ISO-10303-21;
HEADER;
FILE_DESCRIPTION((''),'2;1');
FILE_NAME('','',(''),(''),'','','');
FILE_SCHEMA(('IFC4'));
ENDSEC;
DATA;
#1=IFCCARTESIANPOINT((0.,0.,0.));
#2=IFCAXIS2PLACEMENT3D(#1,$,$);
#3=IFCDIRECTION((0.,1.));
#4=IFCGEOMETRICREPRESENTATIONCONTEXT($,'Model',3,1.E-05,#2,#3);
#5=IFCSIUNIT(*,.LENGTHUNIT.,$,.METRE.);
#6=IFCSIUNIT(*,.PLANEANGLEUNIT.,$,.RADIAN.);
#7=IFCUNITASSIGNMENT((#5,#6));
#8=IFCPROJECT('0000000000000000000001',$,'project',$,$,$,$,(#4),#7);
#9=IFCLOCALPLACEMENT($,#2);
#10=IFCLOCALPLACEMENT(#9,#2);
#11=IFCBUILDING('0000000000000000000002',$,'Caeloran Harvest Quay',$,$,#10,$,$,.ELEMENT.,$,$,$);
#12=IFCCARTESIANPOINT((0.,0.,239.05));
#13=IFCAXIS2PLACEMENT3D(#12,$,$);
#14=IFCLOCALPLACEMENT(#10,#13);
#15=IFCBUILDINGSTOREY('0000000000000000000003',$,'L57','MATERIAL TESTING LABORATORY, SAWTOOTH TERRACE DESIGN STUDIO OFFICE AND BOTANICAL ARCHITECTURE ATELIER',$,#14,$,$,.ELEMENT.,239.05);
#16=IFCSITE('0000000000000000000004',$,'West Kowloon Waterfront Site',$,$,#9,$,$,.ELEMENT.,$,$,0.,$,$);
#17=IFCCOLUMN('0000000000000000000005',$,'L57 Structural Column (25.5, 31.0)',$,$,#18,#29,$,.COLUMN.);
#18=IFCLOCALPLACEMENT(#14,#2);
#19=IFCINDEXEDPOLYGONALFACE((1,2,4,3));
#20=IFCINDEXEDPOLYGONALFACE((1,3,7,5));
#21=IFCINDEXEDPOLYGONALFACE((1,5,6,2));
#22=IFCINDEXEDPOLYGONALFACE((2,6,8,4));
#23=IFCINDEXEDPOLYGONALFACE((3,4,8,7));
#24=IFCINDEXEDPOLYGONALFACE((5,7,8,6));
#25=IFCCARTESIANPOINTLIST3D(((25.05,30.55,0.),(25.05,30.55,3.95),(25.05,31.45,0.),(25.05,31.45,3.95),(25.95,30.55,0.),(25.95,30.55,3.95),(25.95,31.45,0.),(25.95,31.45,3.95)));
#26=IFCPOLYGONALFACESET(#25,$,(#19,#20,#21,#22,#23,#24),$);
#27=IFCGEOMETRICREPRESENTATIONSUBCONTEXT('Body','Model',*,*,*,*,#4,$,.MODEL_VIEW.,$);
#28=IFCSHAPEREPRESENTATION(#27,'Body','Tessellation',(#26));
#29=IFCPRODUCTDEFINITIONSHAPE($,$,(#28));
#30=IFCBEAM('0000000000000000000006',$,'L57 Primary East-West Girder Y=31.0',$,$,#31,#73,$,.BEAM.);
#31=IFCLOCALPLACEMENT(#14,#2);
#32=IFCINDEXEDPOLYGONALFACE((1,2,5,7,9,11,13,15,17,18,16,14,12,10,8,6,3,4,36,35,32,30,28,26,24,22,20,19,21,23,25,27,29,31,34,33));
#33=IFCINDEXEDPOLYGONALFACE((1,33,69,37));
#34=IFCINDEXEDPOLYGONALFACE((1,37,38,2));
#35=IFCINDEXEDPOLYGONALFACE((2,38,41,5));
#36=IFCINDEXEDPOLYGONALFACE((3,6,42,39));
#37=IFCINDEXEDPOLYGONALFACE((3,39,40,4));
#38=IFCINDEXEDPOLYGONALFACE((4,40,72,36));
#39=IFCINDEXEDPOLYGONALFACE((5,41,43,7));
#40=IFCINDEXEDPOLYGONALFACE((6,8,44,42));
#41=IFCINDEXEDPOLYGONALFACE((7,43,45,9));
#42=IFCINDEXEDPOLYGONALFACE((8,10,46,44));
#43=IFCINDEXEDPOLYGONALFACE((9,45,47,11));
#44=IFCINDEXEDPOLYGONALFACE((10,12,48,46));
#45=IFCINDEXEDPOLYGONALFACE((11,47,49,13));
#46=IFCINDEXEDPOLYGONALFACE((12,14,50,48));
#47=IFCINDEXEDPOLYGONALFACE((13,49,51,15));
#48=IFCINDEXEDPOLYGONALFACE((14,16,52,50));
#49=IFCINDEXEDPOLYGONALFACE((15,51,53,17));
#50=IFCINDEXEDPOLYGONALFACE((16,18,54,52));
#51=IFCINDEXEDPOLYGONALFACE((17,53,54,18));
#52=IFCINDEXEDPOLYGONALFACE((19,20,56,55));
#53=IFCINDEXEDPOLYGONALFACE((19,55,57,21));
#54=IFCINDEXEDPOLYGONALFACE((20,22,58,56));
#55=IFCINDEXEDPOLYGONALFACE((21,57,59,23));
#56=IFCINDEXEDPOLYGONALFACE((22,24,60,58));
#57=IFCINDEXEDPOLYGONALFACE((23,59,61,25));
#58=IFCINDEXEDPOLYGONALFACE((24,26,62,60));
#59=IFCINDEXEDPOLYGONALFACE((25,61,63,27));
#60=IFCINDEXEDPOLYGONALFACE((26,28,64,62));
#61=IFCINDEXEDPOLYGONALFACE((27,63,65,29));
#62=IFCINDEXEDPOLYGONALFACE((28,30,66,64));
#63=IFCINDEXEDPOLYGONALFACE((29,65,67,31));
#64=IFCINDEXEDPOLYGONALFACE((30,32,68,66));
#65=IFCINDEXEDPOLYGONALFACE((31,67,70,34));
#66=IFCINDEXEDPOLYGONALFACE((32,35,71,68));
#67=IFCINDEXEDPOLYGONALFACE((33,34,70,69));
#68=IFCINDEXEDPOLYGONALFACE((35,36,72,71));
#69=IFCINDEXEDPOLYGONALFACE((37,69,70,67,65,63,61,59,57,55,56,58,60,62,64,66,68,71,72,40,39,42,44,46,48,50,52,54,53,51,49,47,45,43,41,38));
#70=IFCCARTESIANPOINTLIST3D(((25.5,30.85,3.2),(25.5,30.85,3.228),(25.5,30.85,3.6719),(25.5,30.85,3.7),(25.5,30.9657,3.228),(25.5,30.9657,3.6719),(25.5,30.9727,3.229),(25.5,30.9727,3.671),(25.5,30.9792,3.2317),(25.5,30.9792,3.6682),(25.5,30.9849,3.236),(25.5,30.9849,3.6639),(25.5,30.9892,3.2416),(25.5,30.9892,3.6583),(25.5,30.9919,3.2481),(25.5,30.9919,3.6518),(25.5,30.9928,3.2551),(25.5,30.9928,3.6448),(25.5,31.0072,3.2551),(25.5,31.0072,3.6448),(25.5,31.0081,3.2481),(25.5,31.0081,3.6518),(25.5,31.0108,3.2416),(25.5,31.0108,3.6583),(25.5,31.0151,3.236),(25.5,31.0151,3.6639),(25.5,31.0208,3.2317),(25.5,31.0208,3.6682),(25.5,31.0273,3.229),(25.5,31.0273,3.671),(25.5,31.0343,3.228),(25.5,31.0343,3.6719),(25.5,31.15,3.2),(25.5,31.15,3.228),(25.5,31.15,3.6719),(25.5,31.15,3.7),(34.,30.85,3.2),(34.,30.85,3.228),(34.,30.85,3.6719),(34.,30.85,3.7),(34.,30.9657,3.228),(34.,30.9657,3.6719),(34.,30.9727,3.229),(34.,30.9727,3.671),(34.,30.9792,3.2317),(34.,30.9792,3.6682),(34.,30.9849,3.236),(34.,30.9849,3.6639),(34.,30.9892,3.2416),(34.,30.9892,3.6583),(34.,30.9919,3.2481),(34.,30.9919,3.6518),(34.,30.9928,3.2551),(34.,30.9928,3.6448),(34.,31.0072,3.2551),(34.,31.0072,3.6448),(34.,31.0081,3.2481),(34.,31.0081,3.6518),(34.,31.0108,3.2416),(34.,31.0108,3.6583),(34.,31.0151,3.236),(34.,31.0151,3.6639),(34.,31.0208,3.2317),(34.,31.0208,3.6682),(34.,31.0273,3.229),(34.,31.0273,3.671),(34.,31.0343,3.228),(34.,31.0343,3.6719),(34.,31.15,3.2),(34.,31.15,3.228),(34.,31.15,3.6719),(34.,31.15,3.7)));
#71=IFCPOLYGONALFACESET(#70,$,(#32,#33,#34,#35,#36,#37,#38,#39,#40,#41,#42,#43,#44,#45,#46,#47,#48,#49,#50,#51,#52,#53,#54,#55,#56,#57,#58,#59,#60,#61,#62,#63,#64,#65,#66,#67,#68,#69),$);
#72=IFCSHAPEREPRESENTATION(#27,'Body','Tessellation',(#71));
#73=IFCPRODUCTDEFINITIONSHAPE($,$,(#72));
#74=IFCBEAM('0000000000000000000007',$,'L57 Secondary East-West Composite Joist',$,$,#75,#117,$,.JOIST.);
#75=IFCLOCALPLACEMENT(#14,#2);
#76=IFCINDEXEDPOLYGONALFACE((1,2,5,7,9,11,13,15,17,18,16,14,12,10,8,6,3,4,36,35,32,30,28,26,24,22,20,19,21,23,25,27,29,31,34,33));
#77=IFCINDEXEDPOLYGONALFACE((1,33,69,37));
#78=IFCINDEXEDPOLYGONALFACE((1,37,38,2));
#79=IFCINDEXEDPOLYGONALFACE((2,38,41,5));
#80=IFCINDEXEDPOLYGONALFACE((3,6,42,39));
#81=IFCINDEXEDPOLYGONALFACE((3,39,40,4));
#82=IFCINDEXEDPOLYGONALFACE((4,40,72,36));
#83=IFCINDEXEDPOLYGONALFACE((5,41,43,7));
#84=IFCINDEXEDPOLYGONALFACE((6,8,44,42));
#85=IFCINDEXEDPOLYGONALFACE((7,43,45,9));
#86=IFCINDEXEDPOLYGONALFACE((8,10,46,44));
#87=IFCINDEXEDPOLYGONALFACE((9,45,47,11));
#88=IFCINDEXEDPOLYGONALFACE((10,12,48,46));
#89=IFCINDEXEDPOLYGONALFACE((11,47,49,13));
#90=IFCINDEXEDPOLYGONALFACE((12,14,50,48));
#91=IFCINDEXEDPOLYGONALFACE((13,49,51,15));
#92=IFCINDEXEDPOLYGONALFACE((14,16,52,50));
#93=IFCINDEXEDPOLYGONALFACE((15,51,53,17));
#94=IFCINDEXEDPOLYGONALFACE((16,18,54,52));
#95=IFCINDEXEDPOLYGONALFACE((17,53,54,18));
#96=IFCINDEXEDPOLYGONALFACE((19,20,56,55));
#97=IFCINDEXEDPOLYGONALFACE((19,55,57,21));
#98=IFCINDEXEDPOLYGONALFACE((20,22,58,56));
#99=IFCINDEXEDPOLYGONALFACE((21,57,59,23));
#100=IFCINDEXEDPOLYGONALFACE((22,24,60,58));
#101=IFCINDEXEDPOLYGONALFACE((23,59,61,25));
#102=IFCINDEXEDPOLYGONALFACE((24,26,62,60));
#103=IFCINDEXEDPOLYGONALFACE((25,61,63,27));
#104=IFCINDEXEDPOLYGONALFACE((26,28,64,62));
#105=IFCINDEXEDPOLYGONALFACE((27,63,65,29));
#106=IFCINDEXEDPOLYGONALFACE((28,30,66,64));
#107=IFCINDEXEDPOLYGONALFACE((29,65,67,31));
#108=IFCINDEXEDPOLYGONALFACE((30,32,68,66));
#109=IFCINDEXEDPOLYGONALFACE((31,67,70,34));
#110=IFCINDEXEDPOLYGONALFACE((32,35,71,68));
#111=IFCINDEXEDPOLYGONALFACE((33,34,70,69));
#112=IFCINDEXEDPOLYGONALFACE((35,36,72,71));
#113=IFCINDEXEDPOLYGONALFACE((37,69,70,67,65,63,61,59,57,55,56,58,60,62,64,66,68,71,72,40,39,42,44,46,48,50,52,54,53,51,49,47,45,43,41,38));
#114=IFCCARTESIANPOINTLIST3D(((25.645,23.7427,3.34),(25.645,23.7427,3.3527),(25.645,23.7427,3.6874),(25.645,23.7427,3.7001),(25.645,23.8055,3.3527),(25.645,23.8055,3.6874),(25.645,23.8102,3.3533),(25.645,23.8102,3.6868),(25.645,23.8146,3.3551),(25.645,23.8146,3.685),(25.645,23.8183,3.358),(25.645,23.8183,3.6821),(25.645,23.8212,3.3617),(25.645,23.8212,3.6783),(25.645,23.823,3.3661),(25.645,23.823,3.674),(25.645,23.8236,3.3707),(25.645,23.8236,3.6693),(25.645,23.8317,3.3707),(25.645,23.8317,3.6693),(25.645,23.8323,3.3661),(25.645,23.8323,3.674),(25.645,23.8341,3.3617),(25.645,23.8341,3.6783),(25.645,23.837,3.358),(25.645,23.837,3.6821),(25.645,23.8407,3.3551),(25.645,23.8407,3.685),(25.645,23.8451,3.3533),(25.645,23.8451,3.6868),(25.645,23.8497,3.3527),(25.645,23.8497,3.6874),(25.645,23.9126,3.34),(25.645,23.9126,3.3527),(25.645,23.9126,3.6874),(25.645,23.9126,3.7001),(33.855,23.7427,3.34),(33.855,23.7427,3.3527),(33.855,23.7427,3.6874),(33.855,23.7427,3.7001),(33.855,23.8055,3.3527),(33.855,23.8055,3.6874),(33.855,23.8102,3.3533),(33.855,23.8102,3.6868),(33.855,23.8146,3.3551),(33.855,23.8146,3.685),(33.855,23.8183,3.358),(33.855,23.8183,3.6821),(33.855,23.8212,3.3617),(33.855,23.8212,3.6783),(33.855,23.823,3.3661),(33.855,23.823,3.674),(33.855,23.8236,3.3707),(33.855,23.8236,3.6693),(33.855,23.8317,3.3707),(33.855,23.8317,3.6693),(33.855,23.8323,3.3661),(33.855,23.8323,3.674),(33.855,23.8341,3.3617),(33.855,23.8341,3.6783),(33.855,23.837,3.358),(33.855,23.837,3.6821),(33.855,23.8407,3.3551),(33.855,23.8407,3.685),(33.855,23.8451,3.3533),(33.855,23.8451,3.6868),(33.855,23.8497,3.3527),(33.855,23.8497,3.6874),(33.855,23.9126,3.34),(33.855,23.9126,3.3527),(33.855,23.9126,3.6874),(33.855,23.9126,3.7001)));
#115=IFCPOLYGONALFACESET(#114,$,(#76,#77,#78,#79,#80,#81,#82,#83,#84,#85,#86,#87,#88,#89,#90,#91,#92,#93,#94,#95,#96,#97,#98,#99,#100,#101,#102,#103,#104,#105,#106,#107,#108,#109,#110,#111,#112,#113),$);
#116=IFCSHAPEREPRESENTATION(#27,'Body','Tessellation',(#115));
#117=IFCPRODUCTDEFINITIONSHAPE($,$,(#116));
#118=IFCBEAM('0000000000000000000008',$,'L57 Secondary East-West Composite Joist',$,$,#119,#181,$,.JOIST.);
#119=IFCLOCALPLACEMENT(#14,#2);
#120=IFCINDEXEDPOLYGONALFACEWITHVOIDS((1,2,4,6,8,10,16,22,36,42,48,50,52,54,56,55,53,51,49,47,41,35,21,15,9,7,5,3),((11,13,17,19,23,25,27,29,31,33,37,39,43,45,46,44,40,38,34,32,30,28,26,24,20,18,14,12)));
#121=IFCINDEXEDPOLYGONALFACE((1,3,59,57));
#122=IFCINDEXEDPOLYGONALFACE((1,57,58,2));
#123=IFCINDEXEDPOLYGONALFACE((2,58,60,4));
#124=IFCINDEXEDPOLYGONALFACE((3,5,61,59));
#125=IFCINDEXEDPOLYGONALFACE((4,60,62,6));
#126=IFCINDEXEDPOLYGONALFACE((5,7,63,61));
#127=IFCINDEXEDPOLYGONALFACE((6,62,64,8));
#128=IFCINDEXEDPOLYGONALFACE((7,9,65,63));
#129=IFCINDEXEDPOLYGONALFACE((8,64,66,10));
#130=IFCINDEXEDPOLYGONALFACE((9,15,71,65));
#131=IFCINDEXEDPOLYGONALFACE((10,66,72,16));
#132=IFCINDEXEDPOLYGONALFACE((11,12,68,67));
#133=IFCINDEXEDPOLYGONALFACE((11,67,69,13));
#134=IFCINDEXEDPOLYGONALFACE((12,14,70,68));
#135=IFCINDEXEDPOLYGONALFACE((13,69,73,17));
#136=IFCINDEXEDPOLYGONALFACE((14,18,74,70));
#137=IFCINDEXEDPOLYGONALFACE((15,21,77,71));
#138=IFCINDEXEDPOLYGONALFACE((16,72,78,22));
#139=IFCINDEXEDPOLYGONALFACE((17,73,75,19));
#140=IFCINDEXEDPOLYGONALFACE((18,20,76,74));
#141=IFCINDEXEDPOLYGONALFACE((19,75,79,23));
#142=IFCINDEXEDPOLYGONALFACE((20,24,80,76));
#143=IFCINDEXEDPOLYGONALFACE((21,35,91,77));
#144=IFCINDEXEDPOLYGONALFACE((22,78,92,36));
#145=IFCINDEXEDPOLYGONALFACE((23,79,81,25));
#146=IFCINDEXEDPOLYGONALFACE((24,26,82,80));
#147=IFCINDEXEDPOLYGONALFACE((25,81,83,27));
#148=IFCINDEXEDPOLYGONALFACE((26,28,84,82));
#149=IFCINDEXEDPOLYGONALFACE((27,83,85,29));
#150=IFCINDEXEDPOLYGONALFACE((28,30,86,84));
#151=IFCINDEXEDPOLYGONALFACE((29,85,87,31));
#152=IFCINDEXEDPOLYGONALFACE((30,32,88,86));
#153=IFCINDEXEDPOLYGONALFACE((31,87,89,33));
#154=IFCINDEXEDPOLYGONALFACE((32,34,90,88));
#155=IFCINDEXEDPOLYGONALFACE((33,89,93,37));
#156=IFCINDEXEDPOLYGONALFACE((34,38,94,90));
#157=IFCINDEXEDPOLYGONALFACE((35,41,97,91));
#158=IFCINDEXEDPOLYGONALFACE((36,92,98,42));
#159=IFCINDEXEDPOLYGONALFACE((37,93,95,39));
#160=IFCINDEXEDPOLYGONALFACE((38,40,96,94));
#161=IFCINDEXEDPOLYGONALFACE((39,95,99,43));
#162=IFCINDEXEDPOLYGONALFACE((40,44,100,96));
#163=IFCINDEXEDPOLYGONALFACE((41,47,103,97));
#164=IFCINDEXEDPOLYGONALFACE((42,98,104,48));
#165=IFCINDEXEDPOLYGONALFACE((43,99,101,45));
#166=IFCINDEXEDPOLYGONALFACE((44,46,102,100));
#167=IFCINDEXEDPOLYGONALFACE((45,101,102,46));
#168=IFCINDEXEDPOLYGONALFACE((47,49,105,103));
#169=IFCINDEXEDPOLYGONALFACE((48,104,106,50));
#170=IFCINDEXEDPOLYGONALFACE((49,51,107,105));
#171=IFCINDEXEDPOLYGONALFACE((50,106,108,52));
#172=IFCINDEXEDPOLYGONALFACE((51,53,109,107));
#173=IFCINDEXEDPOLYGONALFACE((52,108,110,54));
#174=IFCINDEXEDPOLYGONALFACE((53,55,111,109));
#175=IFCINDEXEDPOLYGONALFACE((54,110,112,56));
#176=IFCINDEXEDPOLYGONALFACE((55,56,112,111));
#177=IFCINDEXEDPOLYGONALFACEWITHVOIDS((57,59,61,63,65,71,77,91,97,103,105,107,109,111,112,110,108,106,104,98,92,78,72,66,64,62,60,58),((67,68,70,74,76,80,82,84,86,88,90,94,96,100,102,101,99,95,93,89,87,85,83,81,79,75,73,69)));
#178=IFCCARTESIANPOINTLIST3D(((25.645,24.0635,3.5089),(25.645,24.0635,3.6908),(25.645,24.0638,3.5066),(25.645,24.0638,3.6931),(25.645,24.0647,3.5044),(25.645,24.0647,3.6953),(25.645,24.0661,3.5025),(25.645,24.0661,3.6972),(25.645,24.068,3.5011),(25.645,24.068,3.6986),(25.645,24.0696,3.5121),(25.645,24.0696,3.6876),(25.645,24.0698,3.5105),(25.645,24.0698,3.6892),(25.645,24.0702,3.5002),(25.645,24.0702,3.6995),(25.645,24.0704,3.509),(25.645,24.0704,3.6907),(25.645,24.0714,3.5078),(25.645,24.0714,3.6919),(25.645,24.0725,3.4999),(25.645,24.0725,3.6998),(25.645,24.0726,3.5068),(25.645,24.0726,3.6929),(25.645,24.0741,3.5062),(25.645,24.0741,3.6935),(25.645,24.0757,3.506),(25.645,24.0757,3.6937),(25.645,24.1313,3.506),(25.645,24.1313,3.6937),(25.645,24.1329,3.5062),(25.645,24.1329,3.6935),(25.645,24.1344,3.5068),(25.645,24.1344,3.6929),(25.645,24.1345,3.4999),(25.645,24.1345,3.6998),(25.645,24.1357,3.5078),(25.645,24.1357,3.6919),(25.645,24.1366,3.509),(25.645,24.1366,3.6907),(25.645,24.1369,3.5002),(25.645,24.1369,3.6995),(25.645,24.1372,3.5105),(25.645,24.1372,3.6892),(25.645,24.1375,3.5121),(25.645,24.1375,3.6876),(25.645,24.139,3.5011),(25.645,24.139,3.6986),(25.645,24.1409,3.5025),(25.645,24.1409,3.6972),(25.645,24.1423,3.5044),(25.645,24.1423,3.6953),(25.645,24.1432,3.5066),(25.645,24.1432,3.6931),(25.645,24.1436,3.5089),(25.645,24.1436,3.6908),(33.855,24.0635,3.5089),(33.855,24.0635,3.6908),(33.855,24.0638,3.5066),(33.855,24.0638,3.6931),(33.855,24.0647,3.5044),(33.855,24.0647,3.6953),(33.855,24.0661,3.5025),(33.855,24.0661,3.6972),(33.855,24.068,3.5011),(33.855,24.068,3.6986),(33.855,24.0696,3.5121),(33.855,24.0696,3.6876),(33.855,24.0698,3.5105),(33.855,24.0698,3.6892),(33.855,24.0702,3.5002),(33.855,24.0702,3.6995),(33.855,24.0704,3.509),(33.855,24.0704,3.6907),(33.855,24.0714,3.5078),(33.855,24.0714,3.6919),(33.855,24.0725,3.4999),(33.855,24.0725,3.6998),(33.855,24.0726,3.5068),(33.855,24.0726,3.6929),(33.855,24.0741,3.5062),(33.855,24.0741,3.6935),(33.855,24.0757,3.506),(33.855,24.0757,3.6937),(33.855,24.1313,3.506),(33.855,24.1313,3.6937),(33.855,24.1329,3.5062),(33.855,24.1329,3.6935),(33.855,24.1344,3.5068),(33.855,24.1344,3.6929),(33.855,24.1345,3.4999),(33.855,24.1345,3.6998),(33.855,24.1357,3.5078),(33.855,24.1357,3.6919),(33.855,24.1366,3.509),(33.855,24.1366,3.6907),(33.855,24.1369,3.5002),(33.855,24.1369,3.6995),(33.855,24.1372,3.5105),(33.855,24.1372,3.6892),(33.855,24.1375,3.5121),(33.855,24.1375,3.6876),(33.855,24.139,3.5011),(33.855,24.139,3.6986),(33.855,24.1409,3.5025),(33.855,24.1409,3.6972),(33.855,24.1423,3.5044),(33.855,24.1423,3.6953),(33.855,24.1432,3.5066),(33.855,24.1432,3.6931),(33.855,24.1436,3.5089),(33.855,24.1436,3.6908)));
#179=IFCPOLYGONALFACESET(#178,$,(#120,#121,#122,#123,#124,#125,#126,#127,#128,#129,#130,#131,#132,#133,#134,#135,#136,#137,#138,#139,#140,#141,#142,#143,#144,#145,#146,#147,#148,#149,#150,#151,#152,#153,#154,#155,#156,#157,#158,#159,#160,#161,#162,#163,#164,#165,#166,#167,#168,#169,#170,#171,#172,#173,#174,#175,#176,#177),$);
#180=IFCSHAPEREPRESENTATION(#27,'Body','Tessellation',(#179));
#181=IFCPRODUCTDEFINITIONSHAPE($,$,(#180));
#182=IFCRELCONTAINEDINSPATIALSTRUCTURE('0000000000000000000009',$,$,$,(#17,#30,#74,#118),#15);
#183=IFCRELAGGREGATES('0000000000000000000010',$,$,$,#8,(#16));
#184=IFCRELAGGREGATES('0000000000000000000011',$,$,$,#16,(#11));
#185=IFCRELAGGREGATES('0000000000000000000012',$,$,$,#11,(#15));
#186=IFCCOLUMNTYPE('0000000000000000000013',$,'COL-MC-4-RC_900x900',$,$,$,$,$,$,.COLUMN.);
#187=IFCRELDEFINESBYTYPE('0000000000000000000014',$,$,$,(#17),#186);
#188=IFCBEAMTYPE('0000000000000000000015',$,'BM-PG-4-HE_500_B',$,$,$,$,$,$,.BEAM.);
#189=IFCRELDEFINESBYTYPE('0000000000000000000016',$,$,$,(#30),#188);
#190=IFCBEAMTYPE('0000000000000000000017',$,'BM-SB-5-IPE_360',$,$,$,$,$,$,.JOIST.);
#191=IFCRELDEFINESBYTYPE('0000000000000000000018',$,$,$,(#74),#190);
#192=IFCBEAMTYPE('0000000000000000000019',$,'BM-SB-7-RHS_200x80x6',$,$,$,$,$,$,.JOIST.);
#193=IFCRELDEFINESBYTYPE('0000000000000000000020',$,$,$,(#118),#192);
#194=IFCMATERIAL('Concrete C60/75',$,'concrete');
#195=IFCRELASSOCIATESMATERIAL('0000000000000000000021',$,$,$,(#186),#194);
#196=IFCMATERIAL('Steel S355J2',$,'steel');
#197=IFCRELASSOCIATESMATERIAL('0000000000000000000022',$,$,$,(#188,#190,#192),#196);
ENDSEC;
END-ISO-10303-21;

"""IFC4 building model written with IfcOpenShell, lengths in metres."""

from ifc_helpers import new_model, si_unit, direction, frame, origin, origin_2d, place, context, subcontext, project, spatial, rectangle, hollow_rectangle, i_section, extrude, material, material_profile, profile_set, type_object, element, save


model = new_model("IFC4")

# Units and contexts
model_context = context("Model", 3, precision=1e-05, world=origin(), true_north=direction((0.0, 1.0)))
body_context = subcontext(model_context, "Body", "Model", "MODEL_VIEW")
ifc_project = project(units=[si_unit("LENGTHUNIT", "METRE"), si_unit("PLANEANGLEUNIT", "RADIAN")], contexts=[model_context])

# Site, building, storey
site_placement = place(None, origin())
site = spatial("IfcSite", under=ifc_project, at=site_placement, Name="West Kowloon Waterfront Site", CompositionType="ELEMENT", RefElevation=0.0)
building_placement = place(site_placement, origin())
building = spatial("IfcBuilding", under=site, at=building_placement, Name="Caeloran Harvest Quay", CompositionType="ELEMENT")
storey_placement = place(building_placement, frame((0.0, 0.0, 239.05)))
storey = spatial("IfcBuildingStorey", under=building, at=storey_placement, Name="L57", Description="MATERIAL TESTING LABORATORY, SAWTOOTH TERRACE DESIGN STUDIO OFFICE AND BOTANICAL ARCHITECTURE ATELIER", CompositionType="ELEMENT", Elevation=239.05)

# Column
ifc_material_1 = material(Name="Concrete C60/75", Category="concrete")
ifc_material_profile_1 = material_profile(ifc_material_1, rectangle(XDim=0.8999, YDim=0.8999, at=origin_2d()), Name="RC 900x900")
ifc_profile_set_1 = profile_set([ifc_material_profile_1], Name="Concrete C60/75")
column_type = type_object("IfcColumnType", Name="COL-MC-4-RC_900x900", PredefinedType="COLUMN", material=ifc_profile_set_1)
column_placement = place(storey_placement, frame((25.5, 31.0, 0.0), z_axis=(0.0, 0.0, 1.0), x_axis=(1.0, 0.0, 0.0)))
element("IfcColumn", 1, at=column_placement, inside=storey, type_object=column_type, Name="L57 Structural Column (25.5, 31.0)", PredefinedType="COLUMN", context=body_context, shape_type="SweptSolid", body=[
    extrude(rectangle(XDim=0.8999, YDim=0.8999, at=origin_2d()), origin(), (0.0, 0.0, 1.0), 3.95),
])

# Beams
ifc_material_2 = material(Name="Steel S355J2", Category="steel")
ifc_material_profile_2 = material_profile(ifc_material_2, i_section(OverallWidth=0.3, OverallDepth=0.5, WebThickness=0.0144, FlangeThickness=0.0281, FilletRadius=0.0271, at=origin_2d()), Name="HE 500 B")
ifc_profile_set_2 = profile_set([ifc_material_profile_2], Name="Steel S355J2")
beam_type_1 = type_object("IfcBeamType", Name="BM-PG-4-HE_500_B", PredefinedType="BEAM", material=ifc_profile_set_2)
beam_1_placement = place(storey_placement, frame((25.5, 31.0, 3.45), z_axis=(1.0, 0.0, 0.0), x_axis=(0.0, 1.0, 0.0)))
element("IfcBeam", 2, at=beam_1_placement, inside=storey, type_object=beam_type_1, Name="L57 Primary East-West Girder Y=31.0", PredefinedType="BEAM", context=body_context, shape_type="SweptSolid", body=[
    extrude(i_section(OverallWidth=0.3, OverallDepth=0.5, WebThickness=0.0144, FlangeThickness=0.0281, FilletRadius=0.0271, at=origin_2d()), origin(), (0.0, 0.0, 1.0), 8.5),
])
ifc_material_profile_3 = material_profile(ifc_material_2, i_section(OverallWidth=0.1699, OverallDepth=0.3601, WebThickness=0.0081, FlangeThickness=0.0127, FilletRadius=0.0181, at=origin_2d()), Name="IPE 360")
ifc_profile_set_3 = profile_set([ifc_material_profile_3], Name="Steel S355J2")
beam_type_2 = type_object("IfcBeamType", Name="BM-SB-5-IPE_360", PredefinedType="JOIST", material=ifc_profile_set_3)
beam_2_placement = place(storey_placement, frame((25.645, 23.8276, 3.52), z_axis=(1.0, 0.0, 0.0), x_axis=(0.0, 1.0, 0.0)))
element("IfcBeam", 3, at=beam_2_placement, inside=storey, type_object=beam_type_2, Name="L57 Secondary East-West Composite Joist", PredefinedType="JOIST", context=body_context, shape_type="SweptSolid", body=[
    extrude(i_section(OverallWidth=0.1699, OverallDepth=0.3601, WebThickness=0.0081, FlangeThickness=0.0127, FilletRadius=0.0181, at=origin_2d()), origin(), (0.0, 0.0, 1.0), 8.21),
])
ifc_material_profile_4 = material_profile(ifc_material_2, hollow_rectangle(XDim=0.0801, YDim=0.2, WallThickness=0.0061, InnerFilletRadius=0.0061, OuterFilletRadius=0.009, at=origin_2d()), Name="RHS 200x80x6")
ifc_profile_set_4 = profile_set([ifc_material_profile_4], Name="Steel S355J2")
beam_type_3 = type_object("IfcBeamType", Name="BM-SB-7-RHS_200x80x6", PredefinedType="JOIST", material=ifc_profile_set_4)
beam_3_placement = place(storey_placement, frame((25.645, 24.1035, 3.5999), z_axis=(1.0, 0.0, 0.0), x_axis=(0.0, 1.0, 0.0)))
element("IfcBeam", 4, at=beam_3_placement, inside=storey, type_object=beam_type_3, Name="L57 Secondary East-West Composite Joist", PredefinedType="JOIST", context=body_context, shape_type="SweptSolid", body=[
    extrude(hollow_rectangle(XDim=0.0801, YDim=0.2, WallThickness=0.0061, InnerFilletRadius=0.0061, OuterFilletRadius=0.009, at=origin_2d()), origin(), (0.0, 0.0, 1.0), 8.21),
])

save(model, "model.ifc")
